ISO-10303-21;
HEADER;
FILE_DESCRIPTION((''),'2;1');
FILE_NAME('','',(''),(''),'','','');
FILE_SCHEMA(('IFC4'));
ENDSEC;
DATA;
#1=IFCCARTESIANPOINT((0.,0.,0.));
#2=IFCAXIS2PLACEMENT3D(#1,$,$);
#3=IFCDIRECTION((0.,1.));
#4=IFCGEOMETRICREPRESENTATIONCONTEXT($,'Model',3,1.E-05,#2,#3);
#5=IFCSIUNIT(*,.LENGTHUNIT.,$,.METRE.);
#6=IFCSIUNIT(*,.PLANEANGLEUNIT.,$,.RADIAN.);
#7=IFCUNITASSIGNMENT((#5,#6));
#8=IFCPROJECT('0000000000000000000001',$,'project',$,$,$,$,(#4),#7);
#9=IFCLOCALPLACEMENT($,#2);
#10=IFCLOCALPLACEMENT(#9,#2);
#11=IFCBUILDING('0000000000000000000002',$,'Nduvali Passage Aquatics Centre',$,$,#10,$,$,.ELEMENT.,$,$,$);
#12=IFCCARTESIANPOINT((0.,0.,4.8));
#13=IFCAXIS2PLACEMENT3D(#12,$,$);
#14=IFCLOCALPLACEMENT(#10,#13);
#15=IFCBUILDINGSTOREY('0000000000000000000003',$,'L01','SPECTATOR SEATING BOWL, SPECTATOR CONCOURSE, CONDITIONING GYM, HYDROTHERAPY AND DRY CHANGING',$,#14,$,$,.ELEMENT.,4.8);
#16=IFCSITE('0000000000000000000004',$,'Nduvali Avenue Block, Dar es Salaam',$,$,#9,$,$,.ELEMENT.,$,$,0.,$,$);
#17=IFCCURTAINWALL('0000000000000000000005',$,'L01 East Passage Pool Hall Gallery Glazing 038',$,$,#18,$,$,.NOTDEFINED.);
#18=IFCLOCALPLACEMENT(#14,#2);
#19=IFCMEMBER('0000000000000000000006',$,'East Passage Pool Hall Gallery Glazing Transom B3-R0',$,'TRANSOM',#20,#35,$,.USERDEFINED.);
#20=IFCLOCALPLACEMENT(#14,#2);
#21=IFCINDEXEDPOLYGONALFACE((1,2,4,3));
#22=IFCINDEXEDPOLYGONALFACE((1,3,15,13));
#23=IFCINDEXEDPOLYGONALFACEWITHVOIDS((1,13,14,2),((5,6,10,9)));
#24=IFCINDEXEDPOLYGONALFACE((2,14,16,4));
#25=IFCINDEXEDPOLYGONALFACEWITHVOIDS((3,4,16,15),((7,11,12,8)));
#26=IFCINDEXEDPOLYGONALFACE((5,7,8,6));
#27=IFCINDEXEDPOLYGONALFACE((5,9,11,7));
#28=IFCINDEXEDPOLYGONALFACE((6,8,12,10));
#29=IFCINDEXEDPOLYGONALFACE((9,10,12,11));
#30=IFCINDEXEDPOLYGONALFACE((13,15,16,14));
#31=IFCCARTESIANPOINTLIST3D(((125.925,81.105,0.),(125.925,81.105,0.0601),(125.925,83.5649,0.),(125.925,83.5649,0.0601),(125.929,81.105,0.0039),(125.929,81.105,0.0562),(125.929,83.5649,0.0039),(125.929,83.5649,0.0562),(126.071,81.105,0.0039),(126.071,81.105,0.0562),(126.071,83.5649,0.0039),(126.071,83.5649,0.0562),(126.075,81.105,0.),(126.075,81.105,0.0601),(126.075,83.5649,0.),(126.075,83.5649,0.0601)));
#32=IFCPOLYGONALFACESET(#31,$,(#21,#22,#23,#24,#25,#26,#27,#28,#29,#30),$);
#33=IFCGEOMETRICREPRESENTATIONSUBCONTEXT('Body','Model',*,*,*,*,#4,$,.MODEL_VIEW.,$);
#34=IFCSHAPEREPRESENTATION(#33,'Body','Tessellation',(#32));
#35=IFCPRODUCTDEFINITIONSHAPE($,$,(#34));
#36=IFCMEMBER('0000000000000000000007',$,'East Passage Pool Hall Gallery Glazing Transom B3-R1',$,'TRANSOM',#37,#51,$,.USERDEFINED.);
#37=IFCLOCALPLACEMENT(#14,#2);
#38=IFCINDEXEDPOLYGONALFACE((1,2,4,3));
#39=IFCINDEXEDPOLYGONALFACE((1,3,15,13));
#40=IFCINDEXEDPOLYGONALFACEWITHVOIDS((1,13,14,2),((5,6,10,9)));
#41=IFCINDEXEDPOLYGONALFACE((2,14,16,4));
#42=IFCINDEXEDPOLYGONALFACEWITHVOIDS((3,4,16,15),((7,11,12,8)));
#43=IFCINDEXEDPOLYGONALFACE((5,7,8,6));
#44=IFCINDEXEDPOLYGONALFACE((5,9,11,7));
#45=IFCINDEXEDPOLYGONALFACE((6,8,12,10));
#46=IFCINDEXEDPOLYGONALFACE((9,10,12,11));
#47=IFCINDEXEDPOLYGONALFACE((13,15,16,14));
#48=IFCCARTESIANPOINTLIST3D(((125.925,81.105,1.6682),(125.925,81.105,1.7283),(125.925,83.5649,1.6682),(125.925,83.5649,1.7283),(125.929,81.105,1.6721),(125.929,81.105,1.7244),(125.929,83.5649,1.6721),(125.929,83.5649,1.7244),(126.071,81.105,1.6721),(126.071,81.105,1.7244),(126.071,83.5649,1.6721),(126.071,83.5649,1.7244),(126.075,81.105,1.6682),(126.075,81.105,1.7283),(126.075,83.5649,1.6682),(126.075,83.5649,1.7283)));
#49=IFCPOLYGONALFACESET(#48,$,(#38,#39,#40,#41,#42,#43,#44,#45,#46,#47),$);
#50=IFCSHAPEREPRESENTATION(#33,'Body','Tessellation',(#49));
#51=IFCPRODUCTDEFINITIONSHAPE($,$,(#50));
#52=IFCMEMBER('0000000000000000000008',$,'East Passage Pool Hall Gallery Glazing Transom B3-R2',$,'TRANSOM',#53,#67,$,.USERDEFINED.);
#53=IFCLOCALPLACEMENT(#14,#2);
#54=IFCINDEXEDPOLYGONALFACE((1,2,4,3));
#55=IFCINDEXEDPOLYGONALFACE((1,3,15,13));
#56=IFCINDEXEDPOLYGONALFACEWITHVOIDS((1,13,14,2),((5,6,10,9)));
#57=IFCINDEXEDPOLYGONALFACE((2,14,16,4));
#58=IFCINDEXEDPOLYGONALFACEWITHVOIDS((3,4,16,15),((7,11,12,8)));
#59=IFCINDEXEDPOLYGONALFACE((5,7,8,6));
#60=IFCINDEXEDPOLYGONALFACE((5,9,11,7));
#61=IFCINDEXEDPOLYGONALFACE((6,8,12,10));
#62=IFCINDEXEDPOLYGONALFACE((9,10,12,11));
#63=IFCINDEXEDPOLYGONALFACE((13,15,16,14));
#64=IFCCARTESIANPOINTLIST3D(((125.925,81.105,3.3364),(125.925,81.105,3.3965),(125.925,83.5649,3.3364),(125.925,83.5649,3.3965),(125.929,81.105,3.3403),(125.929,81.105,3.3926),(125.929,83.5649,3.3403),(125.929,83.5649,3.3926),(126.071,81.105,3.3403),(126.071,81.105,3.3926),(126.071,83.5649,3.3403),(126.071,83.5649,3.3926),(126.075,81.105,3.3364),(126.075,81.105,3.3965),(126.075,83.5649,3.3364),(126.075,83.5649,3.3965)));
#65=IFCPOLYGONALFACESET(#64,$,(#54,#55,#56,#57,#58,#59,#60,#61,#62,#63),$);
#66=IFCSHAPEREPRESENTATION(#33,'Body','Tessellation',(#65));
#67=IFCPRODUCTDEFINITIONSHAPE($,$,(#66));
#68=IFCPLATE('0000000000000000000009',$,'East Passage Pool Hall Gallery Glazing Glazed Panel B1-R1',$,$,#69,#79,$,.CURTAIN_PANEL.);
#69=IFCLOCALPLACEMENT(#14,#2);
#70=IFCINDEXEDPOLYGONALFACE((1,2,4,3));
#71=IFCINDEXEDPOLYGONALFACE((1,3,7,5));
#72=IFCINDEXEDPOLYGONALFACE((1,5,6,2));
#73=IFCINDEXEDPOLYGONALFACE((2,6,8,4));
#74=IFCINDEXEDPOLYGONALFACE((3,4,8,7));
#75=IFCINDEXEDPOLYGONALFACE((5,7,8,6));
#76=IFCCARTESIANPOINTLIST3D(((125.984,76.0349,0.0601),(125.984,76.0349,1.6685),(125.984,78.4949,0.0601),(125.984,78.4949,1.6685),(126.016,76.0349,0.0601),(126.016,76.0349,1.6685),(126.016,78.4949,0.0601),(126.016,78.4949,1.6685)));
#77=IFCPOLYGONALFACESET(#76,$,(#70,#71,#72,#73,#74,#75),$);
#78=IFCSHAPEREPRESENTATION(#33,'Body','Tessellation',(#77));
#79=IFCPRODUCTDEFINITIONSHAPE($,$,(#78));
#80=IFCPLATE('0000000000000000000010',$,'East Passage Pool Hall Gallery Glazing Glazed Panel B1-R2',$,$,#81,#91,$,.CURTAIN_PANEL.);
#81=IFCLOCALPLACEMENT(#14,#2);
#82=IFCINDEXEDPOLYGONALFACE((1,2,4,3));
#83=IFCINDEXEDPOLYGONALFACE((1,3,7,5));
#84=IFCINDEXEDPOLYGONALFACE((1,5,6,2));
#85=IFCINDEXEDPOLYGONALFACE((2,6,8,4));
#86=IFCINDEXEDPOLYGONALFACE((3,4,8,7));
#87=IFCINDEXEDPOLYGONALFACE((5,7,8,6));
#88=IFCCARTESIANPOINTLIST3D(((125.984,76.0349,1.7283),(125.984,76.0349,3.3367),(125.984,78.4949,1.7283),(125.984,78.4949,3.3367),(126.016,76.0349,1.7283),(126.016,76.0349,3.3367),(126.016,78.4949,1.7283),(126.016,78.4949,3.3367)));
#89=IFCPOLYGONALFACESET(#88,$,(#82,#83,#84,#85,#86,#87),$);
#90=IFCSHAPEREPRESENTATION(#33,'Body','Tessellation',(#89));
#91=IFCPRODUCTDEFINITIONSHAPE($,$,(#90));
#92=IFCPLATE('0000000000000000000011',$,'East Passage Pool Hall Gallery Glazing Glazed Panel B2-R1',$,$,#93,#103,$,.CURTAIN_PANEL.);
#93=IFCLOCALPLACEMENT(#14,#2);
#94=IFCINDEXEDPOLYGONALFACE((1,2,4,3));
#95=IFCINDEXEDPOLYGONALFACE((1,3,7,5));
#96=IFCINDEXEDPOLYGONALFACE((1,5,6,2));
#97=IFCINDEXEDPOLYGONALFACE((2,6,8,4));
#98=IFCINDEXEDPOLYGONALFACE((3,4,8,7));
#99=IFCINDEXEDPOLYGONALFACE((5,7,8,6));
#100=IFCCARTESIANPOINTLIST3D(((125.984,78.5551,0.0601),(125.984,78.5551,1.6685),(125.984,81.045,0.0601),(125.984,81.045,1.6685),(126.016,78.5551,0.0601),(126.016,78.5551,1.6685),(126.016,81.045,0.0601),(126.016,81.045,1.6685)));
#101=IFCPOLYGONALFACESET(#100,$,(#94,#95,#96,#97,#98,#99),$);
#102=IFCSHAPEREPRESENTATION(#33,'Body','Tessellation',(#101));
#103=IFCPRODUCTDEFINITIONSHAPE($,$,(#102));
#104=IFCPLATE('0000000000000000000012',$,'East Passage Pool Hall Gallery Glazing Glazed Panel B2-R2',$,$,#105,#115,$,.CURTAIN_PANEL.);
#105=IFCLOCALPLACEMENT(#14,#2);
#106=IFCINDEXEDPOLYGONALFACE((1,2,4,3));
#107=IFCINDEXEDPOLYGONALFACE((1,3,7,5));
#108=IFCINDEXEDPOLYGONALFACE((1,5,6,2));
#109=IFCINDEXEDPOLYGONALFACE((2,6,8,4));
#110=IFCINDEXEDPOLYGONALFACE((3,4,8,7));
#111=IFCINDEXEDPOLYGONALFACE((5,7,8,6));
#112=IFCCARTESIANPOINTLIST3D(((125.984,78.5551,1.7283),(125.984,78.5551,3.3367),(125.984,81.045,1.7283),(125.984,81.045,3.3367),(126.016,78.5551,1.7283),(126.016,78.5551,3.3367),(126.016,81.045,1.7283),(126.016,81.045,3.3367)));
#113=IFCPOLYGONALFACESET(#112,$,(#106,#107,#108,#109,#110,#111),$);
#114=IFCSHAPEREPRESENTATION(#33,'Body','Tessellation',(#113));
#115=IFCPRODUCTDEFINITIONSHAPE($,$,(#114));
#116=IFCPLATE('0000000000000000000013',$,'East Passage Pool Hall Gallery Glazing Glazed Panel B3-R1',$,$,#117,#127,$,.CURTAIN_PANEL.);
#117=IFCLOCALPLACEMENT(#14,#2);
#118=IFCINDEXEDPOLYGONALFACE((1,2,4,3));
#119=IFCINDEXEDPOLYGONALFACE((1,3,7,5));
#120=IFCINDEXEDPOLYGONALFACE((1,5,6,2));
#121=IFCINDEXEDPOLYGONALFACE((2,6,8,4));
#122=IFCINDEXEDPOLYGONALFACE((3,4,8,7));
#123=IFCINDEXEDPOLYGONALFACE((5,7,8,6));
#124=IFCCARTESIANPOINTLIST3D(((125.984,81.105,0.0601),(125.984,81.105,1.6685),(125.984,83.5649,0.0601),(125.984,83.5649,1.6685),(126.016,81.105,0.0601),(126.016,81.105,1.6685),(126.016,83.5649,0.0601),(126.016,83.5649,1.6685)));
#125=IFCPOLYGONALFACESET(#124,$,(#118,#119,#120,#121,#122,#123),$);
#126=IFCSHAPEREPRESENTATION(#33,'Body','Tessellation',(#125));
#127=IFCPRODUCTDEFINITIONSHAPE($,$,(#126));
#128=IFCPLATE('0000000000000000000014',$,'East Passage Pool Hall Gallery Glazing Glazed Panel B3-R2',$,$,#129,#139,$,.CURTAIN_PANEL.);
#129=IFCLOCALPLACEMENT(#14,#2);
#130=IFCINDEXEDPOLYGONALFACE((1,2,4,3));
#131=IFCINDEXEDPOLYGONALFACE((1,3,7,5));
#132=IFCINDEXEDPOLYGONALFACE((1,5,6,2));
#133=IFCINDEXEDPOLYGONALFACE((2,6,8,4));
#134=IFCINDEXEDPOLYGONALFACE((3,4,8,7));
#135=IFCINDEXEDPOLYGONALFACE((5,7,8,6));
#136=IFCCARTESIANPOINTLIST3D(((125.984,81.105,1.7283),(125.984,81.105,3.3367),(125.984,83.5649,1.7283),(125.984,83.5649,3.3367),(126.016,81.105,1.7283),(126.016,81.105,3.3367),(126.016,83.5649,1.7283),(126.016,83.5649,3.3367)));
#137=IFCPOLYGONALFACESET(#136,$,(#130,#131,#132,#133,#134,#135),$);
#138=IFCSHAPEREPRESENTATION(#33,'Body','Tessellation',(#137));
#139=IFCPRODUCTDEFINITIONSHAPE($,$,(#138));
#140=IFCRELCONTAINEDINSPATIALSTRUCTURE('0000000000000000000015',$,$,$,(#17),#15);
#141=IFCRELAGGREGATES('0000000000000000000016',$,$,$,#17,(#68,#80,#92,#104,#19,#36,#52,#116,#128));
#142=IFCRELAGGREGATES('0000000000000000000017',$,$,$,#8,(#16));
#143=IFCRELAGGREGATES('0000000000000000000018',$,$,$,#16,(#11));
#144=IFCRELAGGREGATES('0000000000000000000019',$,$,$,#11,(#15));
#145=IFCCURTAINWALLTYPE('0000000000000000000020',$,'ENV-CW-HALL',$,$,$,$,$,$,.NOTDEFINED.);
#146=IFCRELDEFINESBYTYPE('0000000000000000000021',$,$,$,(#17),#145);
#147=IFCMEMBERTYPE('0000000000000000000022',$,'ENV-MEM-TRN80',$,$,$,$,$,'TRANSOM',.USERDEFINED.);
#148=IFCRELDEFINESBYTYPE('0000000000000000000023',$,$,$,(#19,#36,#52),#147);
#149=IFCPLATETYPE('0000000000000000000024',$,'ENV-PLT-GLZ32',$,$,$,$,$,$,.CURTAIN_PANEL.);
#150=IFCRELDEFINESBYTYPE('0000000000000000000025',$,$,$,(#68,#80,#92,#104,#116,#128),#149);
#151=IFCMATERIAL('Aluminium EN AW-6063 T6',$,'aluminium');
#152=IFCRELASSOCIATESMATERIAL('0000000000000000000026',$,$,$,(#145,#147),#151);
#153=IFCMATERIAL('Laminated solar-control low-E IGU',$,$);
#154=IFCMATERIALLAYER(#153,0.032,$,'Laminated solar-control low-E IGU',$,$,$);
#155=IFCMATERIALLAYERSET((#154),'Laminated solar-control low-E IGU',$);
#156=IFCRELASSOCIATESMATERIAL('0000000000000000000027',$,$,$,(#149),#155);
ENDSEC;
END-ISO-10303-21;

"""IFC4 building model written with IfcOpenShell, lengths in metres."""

from ifc_helpers import new_model, si_unit, direction, frame, origin, origin_2d, place, context, subcontext, project, spatial, rectangle, hollow_rectangle, extrude, material, layer, layer_set, material_profile, profile_set, type_object, element, aggregate, save


model = new_model("IFC4")

# Units and contexts
model_context = context("Model", 3, precision=1e-05, world=origin(), true_north=direction((0.0, 1.0)))
body_context = subcontext(model_context, "Body", "Model", "MODEL_VIEW")
ifc_project = project(units=[si_unit("LENGTHUNIT", "METRE"), si_unit("PLANEANGLEUNIT", "RADIAN")], contexts=[model_context])

# Site, building, storey
site_placement = place(None, origin())
site = spatial("IfcSite", under=ifc_project, at=site_placement, Name="Nduvali Avenue Block, Dar es Salaam", CompositionType="ELEMENT", RefElevation=0.0)
building_placement = place(site_placement, origin())
building = spatial("IfcBuilding", under=site, at=building_placement, Name="Nduvali Passage Aquatics Centre", CompositionType="ELEMENT")
storey_placement = place(building_placement, frame((0.0, 0.0, 4.8)))
storey = spatial("IfcBuildingStorey", under=building, at=storey_placement, Name="L01", Description="SPECTATOR SEATING BOWL, SPECTATOR CONCOURSE, CONDITIONING GYM, HYDROTHERAPY AND DRY CHANGING", CompositionType="ELEMENT", Elevation=4.8)

# Curtain wall, members, plates
ifc_material_1 = material(Name="Aluminium EN AW-6063 T6", Category="aluminium")
curtain_wall_type = type_object("IfcCurtainWallType", Name="ENV-CW-HALL", PredefinedType="NOTDEFINED", material=ifc_material_1)
curtain_wall_placement = place(storey_placement, origin())
curtain_wall = element("IfcCurtainWall", 1, at=curtain_wall_placement, inside=storey, type_object=curtain_wall_type, Name="L01 East Passage Pool Hall Gallery Glazing 038", PredefinedType="NOTDEFINED")
ifc_material_profile_1 = material_profile(ifc_material_1, hollow_rectangle(XDim=0.1499, YDim=0.0601, WallThickness=0.0039, at=origin_2d()), Name="ALU TRANSOM 150x60x4")
ifc_profile_set_1 = profile_set([ifc_material_profile_1], Name="Aluminium EN AW-6063 T6")
member_type_1 = type_object("IfcMemberType", Name="ENV-MEM-TRN80", ElementType="TRANSOM", PredefinedType="USERDEFINED", material=ifc_profile_set_1)
member_1_placement = place(storey_placement, frame((126.0, 81.105, 0.03), z_axis=(0.0, 1.0, 0.0), x_axis=(-1.0, 0.0, 0.0)))
member_1 = element("IfcMember", 2, at=member_1_placement, type_object=member_type_1, Name="East Passage Pool Hall Gallery Glazing Transom B3-R0", ObjectType="TRANSOM", PredefinedType="USERDEFINED", context=body_context, shape_type="SweptSolid", body=[
    extrude(hollow_rectangle(XDim=0.1499, YDim=0.0601, WallThickness=0.0039, at=origin_2d()), origin(), (0.0, 0.0, 1.0), 2.46),
])
member_2_placement = place(storey_placement, frame((126.0, 81.105, 1.6982), z_axis=(0.0, 1.0, 0.0), x_axis=(-1.0, 0.0, 0.0)))
member_2 = element("IfcMember", 3, at=member_2_placement, type_object=member_type_1, Name="East Passage Pool Hall Gallery Glazing Transom B3-R1", ObjectType="TRANSOM", PredefinedType="USERDEFINED", context=body_context, shape_type="SweptSolid", body=[
    extrude(hollow_rectangle(XDim=0.1499, YDim=0.0601, WallThickness=0.0039, at=origin_2d()), origin(), (0.0, 0.0, 1.0), 2.46),
])
member_3_placement = place(storey_placement, frame((126.0, 81.105, 3.3665), z_axis=(0.0, 1.0, 0.0), x_axis=(-1.0, 0.0, 0.0)))
member_3 = element("IfcMember", 4, at=member_3_placement, type_object=member_type_1, Name="East Passage Pool Hall Gallery Glazing Transom B3-R2", ObjectType="TRANSOM", PredefinedType="USERDEFINED", context=body_context, shape_type="SweptSolid", body=[
    extrude(hollow_rectangle(XDim=0.1499, YDim=0.0601, WallThickness=0.0039, at=origin_2d()), origin(), (0.0, 0.0, 1.0), 2.46),
])
ifc_material_2 = material(Name="Laminated solar-control low-E IGU")
ifc_layer = layer(ifc_material_2, 0.032, Name="Laminated solar-control low-E IGU")
ifc_layer_set = layer_set([ifc_layer], Name="Laminated solar-control low-E IGU")
plate_type = type_object("IfcPlateType", Name="ENV-PLT-GLZ32", PredefinedType="CURTAIN_PANEL", material=ifc_layer_set)
plate_1_placement = place(storey_placement, frame((126.0, 77.2649, 0.0601), z_axis=(0.0, 0.0, 1.0), x_axis=(0.0, 1.0, 0.0)))
plate_1 = element("IfcPlate", 5, at=plate_1_placement, type_object=plate_type, Name="East Passage Pool Hall Gallery Glazing Glazed Panel B1-R1", PredefinedType="CURTAIN_PANEL", context=body_context, shape_type="SweptSolid", body=[
    extrude(rectangle(XDim=2.46, YDim=0.032, at=origin_2d()), origin(), (0.0, 0.0, 1.0), 1.6084),
])
plate_2_placement = place(storey_placement, frame((126.0, 77.2649, 1.7283), z_axis=(0.0, 0.0, 1.0), x_axis=(0.0, 1.0, 0.0)))
plate_2 = element("IfcPlate", 6, at=plate_2_placement, type_object=plate_type, Name="East Passage Pool Hall Gallery Glazing Glazed Panel B1-R2", PredefinedType="CURTAIN_PANEL", context=body_context, shape_type="SweptSolid", body=[
    extrude(rectangle(XDim=2.46, YDim=0.032, at=origin_2d()), origin(), (0.0, 0.0, 1.0), 1.6084),
])
plate_3_placement = place(storey_placement, frame((126.0, 79.8, 0.0601), z_axis=(0.0, 0.0, 1.0), x_axis=(0.0, 1.0, 0.0)))
plate_3 = element("IfcPlate", 7, at=plate_3_placement, type_object=plate_type, Name="East Passage Pool Hall Gallery Glazing Glazed Panel B2-R1", PredefinedType="CURTAIN_PANEL", context=body_context, shape_type="SweptSolid", body=[
    extrude(rectangle(XDim=2.49, YDim=0.032, at=origin_2d()), origin(), (0.0, 0.0, 1.0), 1.6084),
])
plate_4_placement = place(storey_placement, frame((126.0, 79.8, 1.7283), z_axis=(0.0, 0.0, 1.0), x_axis=(0.0, 1.0, 0.0)))
plate_4 = element("IfcPlate", 8, at=plate_4_placement, type_object=plate_type, Name="East Passage Pool Hall Gallery Glazing Glazed Panel B2-R2", PredefinedType="CURTAIN_PANEL", context=body_context, shape_type="SweptSolid", body=[
    extrude(rectangle(XDim=2.49, YDim=0.032, at=origin_2d()), origin(), (0.0, 0.0, 1.0), 1.6084),
])
plate_5_placement = place(storey_placement, frame((126.0, 82.335, 0.0601), z_axis=(0.0, 0.0, 1.0), x_axis=(0.0, 1.0, 0.0)))
plate_5 = element("IfcPlate", 9, at=plate_5_placement, type_object=plate_type, Name="East Passage Pool Hall Gallery Glazing Glazed Panel B3-R1", PredefinedType="CURTAIN_PANEL", context=body_context, shape_type="SweptSolid", body=[
    extrude(rectangle(XDim=2.46, YDim=0.032, at=origin_2d()), origin(), (0.0, 0.0, 1.0), 1.6084),
])
plate_6_placement = place(storey_placement, frame((126.0, 82.335, 1.7283), z_axis=(0.0, 0.0, 1.0), x_axis=(0.0, 1.0, 0.0)))
plate_6 = element("IfcPlate", 10, at=plate_6_placement, type_object=plate_type, Name="East Passage Pool Hall Gallery Glazing Glazed Panel B3-R2", PredefinedType="CURTAIN_PANEL", context=body_context, shape_type="SweptSolid", body=[
    extrude(rectangle(XDim=2.46, YDim=0.032, at=origin_2d()), origin(), (0.0, 0.0, 1.0), 1.6084),
])
aggregate(curtain_wall, [plate_1, plate_2, plate_3, plate_4, member_1, member_2, member_3, plate_5, plate_6])

save(model, "model.ifc")
